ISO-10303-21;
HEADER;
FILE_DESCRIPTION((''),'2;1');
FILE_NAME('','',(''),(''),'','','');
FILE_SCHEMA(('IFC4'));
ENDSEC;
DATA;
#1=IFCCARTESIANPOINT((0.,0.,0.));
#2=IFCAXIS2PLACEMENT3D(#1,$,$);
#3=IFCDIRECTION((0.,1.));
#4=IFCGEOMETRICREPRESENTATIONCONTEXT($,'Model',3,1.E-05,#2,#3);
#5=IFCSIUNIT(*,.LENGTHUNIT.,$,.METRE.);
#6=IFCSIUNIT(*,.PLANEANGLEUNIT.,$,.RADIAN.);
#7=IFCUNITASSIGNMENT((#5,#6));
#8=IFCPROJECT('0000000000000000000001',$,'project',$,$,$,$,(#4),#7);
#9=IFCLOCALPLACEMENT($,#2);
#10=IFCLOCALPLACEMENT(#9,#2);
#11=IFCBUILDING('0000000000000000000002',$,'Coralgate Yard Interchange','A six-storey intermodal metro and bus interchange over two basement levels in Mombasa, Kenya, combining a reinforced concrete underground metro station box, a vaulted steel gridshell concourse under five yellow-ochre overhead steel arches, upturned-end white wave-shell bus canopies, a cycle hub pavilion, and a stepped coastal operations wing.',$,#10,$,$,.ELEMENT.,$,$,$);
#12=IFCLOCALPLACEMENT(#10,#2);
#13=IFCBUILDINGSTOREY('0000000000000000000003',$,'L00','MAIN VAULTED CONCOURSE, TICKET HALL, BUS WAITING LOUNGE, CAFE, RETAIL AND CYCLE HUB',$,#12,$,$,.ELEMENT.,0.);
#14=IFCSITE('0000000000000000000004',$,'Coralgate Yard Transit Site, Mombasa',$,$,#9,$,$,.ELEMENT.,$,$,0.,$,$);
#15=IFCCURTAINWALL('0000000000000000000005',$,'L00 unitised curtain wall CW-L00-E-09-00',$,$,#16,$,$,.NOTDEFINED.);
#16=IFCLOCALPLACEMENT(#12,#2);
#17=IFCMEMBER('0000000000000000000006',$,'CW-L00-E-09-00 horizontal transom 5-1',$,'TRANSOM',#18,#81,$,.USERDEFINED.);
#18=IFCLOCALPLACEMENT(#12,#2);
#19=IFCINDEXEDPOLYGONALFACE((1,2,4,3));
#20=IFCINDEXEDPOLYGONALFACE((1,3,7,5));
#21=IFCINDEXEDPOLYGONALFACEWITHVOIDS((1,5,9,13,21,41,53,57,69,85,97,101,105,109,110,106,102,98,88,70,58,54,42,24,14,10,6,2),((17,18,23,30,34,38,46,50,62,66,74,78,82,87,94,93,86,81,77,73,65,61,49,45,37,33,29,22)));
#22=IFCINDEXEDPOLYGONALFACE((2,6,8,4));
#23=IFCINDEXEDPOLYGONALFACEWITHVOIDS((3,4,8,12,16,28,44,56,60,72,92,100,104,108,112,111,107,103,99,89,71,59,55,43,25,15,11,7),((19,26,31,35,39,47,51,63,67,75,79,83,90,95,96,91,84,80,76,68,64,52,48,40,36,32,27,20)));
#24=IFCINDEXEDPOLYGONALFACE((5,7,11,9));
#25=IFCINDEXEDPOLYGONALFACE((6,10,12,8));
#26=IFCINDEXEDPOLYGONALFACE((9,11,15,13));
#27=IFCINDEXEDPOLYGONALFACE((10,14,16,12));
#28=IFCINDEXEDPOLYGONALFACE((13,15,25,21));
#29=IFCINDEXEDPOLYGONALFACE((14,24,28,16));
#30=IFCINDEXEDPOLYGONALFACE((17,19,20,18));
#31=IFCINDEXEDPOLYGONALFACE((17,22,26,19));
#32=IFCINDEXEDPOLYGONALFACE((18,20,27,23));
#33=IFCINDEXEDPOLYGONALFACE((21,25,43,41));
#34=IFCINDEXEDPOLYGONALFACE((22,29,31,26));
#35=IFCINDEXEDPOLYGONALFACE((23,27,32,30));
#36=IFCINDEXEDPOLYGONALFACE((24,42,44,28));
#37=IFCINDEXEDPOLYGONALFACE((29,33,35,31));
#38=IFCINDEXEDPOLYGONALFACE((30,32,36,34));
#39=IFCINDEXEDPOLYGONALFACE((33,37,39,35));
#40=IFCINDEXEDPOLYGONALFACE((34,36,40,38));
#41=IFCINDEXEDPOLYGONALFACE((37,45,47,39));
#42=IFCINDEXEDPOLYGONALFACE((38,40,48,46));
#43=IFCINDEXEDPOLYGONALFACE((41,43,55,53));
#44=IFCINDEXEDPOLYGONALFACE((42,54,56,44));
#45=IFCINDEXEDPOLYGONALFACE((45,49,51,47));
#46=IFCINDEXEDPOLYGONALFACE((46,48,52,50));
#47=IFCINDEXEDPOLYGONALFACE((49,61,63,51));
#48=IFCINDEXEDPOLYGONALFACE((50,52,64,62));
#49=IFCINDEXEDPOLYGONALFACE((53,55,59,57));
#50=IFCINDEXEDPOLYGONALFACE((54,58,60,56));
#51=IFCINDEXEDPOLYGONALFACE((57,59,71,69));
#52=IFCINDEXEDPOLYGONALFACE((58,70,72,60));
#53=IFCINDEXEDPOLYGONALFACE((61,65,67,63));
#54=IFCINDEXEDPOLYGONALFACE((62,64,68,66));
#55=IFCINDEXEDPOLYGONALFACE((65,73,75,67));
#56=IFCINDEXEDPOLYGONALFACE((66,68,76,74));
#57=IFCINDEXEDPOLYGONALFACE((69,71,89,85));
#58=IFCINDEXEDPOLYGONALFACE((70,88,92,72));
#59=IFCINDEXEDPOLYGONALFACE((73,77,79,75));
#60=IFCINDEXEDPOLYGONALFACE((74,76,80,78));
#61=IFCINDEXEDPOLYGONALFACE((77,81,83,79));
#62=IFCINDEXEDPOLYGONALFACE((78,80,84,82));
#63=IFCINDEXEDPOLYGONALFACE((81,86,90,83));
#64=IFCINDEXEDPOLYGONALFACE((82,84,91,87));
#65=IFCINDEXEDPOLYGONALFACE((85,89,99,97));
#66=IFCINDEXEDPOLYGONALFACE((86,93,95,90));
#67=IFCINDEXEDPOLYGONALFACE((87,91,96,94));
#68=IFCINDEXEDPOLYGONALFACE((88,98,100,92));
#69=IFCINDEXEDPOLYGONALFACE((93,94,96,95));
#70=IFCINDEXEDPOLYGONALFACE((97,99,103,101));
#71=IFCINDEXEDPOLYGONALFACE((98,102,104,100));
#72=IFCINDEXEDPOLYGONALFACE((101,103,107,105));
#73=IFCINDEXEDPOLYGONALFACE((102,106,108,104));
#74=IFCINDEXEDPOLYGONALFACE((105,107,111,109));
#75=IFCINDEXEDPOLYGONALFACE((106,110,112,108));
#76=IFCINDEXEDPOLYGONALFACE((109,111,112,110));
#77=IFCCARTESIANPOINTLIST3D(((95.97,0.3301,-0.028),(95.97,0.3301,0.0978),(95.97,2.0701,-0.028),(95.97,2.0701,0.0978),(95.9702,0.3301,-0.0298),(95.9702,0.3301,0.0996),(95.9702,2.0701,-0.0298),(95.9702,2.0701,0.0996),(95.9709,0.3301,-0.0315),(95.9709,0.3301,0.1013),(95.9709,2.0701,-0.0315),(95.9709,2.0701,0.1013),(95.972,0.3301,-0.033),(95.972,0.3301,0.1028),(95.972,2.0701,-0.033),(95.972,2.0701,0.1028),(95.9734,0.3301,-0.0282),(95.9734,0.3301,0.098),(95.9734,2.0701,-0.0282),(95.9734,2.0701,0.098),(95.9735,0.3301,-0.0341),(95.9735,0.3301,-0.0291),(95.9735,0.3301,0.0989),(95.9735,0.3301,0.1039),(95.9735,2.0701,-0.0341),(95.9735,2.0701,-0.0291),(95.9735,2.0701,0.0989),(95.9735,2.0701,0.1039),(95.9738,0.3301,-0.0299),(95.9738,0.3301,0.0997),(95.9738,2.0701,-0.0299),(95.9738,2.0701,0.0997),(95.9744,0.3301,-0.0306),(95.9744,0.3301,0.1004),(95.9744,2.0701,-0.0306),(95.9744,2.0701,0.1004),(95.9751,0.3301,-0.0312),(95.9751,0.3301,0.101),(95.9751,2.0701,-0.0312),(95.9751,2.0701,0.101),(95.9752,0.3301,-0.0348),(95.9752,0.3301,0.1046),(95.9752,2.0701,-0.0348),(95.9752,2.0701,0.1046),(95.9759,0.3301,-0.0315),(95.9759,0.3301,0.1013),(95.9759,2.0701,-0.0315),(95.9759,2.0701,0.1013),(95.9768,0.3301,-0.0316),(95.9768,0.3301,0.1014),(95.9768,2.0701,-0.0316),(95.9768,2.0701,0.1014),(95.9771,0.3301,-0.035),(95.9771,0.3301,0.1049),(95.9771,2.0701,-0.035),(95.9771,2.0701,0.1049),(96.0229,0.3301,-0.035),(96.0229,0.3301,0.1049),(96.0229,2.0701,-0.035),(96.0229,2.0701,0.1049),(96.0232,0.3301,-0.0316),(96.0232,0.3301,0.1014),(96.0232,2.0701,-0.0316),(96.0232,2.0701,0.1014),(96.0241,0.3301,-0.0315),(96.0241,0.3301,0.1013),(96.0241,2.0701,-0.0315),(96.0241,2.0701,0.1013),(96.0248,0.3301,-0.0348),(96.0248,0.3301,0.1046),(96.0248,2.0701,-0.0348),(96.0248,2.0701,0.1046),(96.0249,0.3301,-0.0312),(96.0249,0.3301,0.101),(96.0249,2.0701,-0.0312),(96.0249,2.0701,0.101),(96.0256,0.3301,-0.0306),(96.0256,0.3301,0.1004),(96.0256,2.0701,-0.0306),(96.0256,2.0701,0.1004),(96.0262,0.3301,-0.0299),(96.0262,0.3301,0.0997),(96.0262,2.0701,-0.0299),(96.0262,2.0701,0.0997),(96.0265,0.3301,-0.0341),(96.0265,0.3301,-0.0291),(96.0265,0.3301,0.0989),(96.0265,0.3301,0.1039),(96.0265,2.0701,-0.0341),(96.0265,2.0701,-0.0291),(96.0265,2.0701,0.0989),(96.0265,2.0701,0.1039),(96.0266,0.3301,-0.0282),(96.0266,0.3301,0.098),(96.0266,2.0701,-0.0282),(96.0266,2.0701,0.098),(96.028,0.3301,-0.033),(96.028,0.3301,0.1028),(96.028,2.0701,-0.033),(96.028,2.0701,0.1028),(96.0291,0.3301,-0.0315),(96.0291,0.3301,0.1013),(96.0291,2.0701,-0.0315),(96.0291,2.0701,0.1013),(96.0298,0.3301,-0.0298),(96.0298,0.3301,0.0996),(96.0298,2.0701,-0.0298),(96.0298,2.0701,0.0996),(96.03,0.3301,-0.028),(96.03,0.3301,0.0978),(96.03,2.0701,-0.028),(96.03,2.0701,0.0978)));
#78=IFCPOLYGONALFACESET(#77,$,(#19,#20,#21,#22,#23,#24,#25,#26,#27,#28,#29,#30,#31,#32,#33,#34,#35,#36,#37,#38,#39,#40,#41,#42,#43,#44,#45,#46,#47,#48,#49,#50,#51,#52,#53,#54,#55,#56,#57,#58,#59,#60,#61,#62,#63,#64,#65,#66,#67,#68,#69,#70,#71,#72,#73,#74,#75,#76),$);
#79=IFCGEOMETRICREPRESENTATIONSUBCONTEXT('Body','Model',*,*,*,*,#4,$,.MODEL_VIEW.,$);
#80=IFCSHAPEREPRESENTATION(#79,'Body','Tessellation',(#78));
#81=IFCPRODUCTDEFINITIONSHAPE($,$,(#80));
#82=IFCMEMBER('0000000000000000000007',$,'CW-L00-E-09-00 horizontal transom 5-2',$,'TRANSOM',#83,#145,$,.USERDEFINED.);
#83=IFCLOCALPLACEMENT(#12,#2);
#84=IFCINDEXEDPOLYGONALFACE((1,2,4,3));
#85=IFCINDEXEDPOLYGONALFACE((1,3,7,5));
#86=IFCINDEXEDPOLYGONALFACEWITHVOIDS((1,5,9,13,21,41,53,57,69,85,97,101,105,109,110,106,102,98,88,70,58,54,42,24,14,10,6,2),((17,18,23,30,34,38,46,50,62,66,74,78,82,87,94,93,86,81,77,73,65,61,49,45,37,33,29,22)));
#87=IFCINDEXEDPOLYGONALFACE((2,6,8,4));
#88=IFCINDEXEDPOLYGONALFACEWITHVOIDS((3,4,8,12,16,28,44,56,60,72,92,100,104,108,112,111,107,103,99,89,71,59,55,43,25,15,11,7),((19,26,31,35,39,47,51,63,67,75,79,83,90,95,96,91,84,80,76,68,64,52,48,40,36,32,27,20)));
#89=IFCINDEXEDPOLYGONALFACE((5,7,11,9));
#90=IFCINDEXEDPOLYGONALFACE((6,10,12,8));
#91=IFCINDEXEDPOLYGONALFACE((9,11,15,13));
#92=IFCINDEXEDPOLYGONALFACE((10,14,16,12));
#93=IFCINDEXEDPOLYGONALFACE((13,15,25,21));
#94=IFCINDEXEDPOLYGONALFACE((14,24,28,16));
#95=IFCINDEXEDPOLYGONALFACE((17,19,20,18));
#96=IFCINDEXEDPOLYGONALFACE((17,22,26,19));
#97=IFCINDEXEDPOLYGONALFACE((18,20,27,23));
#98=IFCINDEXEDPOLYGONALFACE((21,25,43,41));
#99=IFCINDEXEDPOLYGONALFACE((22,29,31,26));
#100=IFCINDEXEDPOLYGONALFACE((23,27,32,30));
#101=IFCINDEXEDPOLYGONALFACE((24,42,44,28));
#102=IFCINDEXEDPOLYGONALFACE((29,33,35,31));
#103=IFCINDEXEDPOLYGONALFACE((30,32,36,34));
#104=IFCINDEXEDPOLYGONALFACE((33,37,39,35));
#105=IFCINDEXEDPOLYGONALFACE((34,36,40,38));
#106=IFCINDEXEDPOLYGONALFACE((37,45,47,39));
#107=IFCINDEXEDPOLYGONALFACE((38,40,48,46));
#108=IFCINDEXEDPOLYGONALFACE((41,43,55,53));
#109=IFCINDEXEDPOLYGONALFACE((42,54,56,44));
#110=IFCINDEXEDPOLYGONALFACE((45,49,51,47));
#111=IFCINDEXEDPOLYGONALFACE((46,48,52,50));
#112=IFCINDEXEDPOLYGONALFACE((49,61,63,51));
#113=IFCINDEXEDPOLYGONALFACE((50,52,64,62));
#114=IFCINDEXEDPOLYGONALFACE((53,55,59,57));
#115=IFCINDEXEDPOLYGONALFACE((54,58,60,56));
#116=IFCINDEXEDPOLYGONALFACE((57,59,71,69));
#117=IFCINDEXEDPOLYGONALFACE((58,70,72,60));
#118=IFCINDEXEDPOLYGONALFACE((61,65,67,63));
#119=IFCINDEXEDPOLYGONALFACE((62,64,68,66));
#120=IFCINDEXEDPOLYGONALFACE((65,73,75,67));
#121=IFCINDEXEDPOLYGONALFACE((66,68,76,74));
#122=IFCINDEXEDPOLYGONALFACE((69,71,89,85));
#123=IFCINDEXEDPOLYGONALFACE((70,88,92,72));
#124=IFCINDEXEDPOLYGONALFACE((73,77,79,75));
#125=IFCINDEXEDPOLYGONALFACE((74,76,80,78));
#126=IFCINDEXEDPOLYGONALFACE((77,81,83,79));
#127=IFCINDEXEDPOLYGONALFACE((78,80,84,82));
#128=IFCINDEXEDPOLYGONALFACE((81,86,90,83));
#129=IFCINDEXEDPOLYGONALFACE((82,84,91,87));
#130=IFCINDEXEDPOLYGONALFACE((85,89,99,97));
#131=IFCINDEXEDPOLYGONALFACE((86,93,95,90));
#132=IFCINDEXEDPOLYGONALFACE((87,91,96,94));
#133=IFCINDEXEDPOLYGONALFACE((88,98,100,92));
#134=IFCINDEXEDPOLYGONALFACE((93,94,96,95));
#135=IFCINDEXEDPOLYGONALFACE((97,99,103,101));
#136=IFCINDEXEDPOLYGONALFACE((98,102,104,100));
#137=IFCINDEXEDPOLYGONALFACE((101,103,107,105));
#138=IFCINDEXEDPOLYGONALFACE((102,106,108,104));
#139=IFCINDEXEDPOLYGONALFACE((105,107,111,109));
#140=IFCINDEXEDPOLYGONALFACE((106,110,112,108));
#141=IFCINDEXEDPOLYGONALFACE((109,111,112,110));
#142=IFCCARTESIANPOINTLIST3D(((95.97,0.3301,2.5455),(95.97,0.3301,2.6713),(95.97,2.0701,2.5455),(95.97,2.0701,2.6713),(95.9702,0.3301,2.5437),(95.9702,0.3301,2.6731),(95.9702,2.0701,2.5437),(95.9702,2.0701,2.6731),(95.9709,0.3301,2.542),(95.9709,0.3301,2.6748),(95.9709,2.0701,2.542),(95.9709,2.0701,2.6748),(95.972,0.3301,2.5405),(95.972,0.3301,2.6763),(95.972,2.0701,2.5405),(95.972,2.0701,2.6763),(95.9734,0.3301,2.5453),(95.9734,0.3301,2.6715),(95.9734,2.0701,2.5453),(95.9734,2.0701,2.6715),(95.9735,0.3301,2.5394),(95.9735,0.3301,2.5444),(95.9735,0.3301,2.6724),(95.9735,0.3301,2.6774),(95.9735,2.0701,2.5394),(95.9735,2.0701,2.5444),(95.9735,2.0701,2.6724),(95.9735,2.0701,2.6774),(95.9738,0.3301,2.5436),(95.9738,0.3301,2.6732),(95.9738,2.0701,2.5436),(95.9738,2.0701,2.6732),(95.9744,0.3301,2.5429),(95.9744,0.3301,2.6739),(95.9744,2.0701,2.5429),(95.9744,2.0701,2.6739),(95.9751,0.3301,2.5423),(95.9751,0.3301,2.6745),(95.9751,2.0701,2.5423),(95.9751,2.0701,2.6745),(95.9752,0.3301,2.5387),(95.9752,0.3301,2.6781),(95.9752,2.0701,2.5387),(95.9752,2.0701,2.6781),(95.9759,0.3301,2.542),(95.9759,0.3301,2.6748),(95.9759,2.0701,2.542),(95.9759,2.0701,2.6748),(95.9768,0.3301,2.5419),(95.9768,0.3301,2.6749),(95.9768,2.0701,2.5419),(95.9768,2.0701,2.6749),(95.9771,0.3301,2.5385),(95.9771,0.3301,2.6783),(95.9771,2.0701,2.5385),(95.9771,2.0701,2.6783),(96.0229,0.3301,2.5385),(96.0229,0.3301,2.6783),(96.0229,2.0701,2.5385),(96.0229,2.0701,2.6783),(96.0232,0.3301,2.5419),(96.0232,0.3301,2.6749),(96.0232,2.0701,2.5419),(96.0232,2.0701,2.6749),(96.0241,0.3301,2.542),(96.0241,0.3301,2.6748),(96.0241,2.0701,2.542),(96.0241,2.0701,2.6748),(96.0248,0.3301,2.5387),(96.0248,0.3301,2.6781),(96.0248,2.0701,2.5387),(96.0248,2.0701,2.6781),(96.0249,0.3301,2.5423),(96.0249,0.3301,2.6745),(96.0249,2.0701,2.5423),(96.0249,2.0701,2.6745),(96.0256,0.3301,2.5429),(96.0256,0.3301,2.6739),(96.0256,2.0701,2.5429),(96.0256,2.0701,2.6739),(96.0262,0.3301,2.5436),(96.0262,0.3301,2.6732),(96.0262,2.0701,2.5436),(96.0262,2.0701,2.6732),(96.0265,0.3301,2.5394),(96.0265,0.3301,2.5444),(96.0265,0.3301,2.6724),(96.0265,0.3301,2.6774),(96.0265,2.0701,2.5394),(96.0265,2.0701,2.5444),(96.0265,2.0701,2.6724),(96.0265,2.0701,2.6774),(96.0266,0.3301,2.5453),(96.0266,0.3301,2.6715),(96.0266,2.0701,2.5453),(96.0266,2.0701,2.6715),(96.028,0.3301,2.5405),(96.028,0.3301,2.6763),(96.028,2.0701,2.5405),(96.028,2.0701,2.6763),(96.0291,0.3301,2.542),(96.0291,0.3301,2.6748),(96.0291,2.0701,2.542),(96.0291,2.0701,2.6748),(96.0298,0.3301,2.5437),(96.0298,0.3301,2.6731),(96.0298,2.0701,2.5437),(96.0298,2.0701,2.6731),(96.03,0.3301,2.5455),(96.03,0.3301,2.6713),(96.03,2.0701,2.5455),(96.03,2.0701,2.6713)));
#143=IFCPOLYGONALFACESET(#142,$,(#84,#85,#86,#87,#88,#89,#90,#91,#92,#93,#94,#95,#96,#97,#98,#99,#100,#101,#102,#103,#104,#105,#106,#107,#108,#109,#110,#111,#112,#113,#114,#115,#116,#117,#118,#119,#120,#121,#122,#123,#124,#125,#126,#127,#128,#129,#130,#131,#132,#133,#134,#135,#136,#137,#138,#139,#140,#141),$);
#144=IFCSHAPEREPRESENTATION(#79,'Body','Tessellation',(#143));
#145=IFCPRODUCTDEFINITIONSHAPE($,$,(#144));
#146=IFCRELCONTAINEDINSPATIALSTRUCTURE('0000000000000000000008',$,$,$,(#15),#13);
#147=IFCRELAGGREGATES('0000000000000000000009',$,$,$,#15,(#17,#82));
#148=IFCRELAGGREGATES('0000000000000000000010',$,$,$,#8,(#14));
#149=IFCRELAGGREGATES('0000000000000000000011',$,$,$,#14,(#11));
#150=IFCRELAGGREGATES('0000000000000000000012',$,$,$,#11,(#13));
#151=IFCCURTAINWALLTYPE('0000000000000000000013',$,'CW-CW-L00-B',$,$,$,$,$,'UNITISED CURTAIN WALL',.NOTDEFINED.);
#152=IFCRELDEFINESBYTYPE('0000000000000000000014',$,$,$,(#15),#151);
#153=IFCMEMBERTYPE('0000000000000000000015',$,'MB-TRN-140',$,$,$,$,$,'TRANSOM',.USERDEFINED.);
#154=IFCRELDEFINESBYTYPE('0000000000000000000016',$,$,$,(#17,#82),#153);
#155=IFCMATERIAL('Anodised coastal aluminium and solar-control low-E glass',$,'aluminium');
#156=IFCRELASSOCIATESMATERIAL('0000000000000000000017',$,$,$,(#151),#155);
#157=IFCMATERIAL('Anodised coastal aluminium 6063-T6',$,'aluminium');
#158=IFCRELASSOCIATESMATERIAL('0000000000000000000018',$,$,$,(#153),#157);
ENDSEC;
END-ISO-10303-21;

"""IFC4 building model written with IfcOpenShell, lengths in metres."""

from ifc_helpers import new_model, si_unit, direction, frame, origin, origin_2d, place, context, subcontext, project, spatial, hollow_rectangle, extrude, material, material_profile, profile_set, type_object, element, aggregate, save


model = new_model("IFC4")

# Units and contexts
model_context = context("Model", 3, precision=1e-05, world=origin(), true_north=direction((0.0, 1.0)))
body_context = subcontext(model_context, "Body", "Model", "MODEL_VIEW")
ifc_project = project(units=[si_unit("LENGTHUNIT", "METRE"), si_unit("PLANEANGLEUNIT", "RADIAN")], contexts=[model_context])

# Site, building, storey
site_placement = place(None, origin())
site = spatial("IfcSite", under=ifc_project, at=site_placement, Name="Coralgate Yard Transit Site, Mombasa", CompositionType="ELEMENT", RefElevation=0.0)
building_placement = place(site_placement, origin())
building = spatial("IfcBuilding", under=site, at=building_placement, Name="Coralgate Yard Interchange", Description="A six-storey intermodal metro and bus interchange over two basement levels in Mombasa, Kenya, combining a reinforced concrete underground metro station box, a vaulted steel gridshell concourse under five yellow-ochre overhead steel arches, upturned-end white wave-shell bus canopies, a cycle hub pavilion, and a stepped coastal operations wing.", CompositionType="ELEMENT")
storey_placement = place(building_placement, origin())
storey = spatial("IfcBuildingStorey", under=building, at=storey_placement, Name="L00", Description="MAIN VAULTED CONCOURSE, TICKET HALL, BUS WAITING LOUNGE, CAFE, RETAIL AND CYCLE HUB", CompositionType="ELEMENT", Elevation=0.0)

# Curtain wall, members
ifc_material_1 = material(Name="Anodised coastal aluminium and solar-control low-E glass", Category="aluminium")
curtain_wall_type = type_object("IfcCurtainWallType", Name="CW-CW-L00-B", ElementType="UNITISED CURTAIN WALL", PredefinedType="NOTDEFINED", material=ifc_material_1)
curtain_wall_placement = place(storey_placement, origin())
curtain_wall = element("IfcCurtainWall", 1, at=curtain_wall_placement, inside=storey, type_object=curtain_wall_type, Name="L00 unitised curtain wall CW-L00-E-09-00", PredefinedType="NOTDEFINED")
ifc_material_2 = material(Name="Anodised coastal aluminium 6063-T6", Category="aluminium")
ifc_material_profile_1 = material_profile(ifc_material_2, hollow_rectangle(XDim=0.0601, YDim=0.1399, WallThickness=0.0034, InnerFilletRadius=0.0034, OuterFilletRadius=0.0071, at=origin_2d()), Name="ALU 60x140x3.5")
ifc_profile_set_1 = profile_set([ifc_material_profile_1], Name="Anodised coastal aluminium 6063-T6")
member_type_1 = type_object("IfcMemberType", Name="MB-TRN-140", ElementType="TRANSOM", PredefinedType="USERDEFINED", material=ifc_profile_set_1)
member_1_placement = place(storey_placement, frame((96.0, 2.0701, 0.0349), z_axis=(0.0, -1.0, 0.0), x_axis=(1.0, 0.0, 0.0)))
member_1 = element("IfcMember", 2, at=member_1_placement, type_object=member_type_1, Name="CW-L00-E-09-00 horizontal transom 5-1", ObjectType="TRANSOM", PredefinedType="USERDEFINED", context=body_context, shape_type="SweptSolid", body=[
    extrude(hollow_rectangle(XDim=0.0601, YDim=0.1399, WallThickness=0.0034, InnerFilletRadius=0.0034, OuterFilletRadius=0.0071, at=origin_2d()), origin(), (0.0, 0.0, 1.0), 1.74),
])
member_2_placement = place(storey_placement, frame((96.0, 2.0701, 2.6084), z_axis=(0.0, -1.0, 0.0), x_axis=(1.0, 0.0, 0.0)))
member_2 = element("IfcMember", 3, at=member_2_placement, type_object=member_type_1, Name="CW-L00-E-09-00 horizontal transom 5-2", ObjectType="TRANSOM", PredefinedType="USERDEFINED", context=body_context, shape_type="SweptSolid", body=[
    extrude(hollow_rectangle(XDim=0.0601, YDim=0.1399, WallThickness=0.0034, InnerFilletRadius=0.0034, OuterFilletRadius=0.0071, at=origin_2d()), origin(), (0.0, 0.0, 1.0), 1.74),
])
aggregate(curtain_wall, [member_1, member_2])

save(model, "model.ifc")
